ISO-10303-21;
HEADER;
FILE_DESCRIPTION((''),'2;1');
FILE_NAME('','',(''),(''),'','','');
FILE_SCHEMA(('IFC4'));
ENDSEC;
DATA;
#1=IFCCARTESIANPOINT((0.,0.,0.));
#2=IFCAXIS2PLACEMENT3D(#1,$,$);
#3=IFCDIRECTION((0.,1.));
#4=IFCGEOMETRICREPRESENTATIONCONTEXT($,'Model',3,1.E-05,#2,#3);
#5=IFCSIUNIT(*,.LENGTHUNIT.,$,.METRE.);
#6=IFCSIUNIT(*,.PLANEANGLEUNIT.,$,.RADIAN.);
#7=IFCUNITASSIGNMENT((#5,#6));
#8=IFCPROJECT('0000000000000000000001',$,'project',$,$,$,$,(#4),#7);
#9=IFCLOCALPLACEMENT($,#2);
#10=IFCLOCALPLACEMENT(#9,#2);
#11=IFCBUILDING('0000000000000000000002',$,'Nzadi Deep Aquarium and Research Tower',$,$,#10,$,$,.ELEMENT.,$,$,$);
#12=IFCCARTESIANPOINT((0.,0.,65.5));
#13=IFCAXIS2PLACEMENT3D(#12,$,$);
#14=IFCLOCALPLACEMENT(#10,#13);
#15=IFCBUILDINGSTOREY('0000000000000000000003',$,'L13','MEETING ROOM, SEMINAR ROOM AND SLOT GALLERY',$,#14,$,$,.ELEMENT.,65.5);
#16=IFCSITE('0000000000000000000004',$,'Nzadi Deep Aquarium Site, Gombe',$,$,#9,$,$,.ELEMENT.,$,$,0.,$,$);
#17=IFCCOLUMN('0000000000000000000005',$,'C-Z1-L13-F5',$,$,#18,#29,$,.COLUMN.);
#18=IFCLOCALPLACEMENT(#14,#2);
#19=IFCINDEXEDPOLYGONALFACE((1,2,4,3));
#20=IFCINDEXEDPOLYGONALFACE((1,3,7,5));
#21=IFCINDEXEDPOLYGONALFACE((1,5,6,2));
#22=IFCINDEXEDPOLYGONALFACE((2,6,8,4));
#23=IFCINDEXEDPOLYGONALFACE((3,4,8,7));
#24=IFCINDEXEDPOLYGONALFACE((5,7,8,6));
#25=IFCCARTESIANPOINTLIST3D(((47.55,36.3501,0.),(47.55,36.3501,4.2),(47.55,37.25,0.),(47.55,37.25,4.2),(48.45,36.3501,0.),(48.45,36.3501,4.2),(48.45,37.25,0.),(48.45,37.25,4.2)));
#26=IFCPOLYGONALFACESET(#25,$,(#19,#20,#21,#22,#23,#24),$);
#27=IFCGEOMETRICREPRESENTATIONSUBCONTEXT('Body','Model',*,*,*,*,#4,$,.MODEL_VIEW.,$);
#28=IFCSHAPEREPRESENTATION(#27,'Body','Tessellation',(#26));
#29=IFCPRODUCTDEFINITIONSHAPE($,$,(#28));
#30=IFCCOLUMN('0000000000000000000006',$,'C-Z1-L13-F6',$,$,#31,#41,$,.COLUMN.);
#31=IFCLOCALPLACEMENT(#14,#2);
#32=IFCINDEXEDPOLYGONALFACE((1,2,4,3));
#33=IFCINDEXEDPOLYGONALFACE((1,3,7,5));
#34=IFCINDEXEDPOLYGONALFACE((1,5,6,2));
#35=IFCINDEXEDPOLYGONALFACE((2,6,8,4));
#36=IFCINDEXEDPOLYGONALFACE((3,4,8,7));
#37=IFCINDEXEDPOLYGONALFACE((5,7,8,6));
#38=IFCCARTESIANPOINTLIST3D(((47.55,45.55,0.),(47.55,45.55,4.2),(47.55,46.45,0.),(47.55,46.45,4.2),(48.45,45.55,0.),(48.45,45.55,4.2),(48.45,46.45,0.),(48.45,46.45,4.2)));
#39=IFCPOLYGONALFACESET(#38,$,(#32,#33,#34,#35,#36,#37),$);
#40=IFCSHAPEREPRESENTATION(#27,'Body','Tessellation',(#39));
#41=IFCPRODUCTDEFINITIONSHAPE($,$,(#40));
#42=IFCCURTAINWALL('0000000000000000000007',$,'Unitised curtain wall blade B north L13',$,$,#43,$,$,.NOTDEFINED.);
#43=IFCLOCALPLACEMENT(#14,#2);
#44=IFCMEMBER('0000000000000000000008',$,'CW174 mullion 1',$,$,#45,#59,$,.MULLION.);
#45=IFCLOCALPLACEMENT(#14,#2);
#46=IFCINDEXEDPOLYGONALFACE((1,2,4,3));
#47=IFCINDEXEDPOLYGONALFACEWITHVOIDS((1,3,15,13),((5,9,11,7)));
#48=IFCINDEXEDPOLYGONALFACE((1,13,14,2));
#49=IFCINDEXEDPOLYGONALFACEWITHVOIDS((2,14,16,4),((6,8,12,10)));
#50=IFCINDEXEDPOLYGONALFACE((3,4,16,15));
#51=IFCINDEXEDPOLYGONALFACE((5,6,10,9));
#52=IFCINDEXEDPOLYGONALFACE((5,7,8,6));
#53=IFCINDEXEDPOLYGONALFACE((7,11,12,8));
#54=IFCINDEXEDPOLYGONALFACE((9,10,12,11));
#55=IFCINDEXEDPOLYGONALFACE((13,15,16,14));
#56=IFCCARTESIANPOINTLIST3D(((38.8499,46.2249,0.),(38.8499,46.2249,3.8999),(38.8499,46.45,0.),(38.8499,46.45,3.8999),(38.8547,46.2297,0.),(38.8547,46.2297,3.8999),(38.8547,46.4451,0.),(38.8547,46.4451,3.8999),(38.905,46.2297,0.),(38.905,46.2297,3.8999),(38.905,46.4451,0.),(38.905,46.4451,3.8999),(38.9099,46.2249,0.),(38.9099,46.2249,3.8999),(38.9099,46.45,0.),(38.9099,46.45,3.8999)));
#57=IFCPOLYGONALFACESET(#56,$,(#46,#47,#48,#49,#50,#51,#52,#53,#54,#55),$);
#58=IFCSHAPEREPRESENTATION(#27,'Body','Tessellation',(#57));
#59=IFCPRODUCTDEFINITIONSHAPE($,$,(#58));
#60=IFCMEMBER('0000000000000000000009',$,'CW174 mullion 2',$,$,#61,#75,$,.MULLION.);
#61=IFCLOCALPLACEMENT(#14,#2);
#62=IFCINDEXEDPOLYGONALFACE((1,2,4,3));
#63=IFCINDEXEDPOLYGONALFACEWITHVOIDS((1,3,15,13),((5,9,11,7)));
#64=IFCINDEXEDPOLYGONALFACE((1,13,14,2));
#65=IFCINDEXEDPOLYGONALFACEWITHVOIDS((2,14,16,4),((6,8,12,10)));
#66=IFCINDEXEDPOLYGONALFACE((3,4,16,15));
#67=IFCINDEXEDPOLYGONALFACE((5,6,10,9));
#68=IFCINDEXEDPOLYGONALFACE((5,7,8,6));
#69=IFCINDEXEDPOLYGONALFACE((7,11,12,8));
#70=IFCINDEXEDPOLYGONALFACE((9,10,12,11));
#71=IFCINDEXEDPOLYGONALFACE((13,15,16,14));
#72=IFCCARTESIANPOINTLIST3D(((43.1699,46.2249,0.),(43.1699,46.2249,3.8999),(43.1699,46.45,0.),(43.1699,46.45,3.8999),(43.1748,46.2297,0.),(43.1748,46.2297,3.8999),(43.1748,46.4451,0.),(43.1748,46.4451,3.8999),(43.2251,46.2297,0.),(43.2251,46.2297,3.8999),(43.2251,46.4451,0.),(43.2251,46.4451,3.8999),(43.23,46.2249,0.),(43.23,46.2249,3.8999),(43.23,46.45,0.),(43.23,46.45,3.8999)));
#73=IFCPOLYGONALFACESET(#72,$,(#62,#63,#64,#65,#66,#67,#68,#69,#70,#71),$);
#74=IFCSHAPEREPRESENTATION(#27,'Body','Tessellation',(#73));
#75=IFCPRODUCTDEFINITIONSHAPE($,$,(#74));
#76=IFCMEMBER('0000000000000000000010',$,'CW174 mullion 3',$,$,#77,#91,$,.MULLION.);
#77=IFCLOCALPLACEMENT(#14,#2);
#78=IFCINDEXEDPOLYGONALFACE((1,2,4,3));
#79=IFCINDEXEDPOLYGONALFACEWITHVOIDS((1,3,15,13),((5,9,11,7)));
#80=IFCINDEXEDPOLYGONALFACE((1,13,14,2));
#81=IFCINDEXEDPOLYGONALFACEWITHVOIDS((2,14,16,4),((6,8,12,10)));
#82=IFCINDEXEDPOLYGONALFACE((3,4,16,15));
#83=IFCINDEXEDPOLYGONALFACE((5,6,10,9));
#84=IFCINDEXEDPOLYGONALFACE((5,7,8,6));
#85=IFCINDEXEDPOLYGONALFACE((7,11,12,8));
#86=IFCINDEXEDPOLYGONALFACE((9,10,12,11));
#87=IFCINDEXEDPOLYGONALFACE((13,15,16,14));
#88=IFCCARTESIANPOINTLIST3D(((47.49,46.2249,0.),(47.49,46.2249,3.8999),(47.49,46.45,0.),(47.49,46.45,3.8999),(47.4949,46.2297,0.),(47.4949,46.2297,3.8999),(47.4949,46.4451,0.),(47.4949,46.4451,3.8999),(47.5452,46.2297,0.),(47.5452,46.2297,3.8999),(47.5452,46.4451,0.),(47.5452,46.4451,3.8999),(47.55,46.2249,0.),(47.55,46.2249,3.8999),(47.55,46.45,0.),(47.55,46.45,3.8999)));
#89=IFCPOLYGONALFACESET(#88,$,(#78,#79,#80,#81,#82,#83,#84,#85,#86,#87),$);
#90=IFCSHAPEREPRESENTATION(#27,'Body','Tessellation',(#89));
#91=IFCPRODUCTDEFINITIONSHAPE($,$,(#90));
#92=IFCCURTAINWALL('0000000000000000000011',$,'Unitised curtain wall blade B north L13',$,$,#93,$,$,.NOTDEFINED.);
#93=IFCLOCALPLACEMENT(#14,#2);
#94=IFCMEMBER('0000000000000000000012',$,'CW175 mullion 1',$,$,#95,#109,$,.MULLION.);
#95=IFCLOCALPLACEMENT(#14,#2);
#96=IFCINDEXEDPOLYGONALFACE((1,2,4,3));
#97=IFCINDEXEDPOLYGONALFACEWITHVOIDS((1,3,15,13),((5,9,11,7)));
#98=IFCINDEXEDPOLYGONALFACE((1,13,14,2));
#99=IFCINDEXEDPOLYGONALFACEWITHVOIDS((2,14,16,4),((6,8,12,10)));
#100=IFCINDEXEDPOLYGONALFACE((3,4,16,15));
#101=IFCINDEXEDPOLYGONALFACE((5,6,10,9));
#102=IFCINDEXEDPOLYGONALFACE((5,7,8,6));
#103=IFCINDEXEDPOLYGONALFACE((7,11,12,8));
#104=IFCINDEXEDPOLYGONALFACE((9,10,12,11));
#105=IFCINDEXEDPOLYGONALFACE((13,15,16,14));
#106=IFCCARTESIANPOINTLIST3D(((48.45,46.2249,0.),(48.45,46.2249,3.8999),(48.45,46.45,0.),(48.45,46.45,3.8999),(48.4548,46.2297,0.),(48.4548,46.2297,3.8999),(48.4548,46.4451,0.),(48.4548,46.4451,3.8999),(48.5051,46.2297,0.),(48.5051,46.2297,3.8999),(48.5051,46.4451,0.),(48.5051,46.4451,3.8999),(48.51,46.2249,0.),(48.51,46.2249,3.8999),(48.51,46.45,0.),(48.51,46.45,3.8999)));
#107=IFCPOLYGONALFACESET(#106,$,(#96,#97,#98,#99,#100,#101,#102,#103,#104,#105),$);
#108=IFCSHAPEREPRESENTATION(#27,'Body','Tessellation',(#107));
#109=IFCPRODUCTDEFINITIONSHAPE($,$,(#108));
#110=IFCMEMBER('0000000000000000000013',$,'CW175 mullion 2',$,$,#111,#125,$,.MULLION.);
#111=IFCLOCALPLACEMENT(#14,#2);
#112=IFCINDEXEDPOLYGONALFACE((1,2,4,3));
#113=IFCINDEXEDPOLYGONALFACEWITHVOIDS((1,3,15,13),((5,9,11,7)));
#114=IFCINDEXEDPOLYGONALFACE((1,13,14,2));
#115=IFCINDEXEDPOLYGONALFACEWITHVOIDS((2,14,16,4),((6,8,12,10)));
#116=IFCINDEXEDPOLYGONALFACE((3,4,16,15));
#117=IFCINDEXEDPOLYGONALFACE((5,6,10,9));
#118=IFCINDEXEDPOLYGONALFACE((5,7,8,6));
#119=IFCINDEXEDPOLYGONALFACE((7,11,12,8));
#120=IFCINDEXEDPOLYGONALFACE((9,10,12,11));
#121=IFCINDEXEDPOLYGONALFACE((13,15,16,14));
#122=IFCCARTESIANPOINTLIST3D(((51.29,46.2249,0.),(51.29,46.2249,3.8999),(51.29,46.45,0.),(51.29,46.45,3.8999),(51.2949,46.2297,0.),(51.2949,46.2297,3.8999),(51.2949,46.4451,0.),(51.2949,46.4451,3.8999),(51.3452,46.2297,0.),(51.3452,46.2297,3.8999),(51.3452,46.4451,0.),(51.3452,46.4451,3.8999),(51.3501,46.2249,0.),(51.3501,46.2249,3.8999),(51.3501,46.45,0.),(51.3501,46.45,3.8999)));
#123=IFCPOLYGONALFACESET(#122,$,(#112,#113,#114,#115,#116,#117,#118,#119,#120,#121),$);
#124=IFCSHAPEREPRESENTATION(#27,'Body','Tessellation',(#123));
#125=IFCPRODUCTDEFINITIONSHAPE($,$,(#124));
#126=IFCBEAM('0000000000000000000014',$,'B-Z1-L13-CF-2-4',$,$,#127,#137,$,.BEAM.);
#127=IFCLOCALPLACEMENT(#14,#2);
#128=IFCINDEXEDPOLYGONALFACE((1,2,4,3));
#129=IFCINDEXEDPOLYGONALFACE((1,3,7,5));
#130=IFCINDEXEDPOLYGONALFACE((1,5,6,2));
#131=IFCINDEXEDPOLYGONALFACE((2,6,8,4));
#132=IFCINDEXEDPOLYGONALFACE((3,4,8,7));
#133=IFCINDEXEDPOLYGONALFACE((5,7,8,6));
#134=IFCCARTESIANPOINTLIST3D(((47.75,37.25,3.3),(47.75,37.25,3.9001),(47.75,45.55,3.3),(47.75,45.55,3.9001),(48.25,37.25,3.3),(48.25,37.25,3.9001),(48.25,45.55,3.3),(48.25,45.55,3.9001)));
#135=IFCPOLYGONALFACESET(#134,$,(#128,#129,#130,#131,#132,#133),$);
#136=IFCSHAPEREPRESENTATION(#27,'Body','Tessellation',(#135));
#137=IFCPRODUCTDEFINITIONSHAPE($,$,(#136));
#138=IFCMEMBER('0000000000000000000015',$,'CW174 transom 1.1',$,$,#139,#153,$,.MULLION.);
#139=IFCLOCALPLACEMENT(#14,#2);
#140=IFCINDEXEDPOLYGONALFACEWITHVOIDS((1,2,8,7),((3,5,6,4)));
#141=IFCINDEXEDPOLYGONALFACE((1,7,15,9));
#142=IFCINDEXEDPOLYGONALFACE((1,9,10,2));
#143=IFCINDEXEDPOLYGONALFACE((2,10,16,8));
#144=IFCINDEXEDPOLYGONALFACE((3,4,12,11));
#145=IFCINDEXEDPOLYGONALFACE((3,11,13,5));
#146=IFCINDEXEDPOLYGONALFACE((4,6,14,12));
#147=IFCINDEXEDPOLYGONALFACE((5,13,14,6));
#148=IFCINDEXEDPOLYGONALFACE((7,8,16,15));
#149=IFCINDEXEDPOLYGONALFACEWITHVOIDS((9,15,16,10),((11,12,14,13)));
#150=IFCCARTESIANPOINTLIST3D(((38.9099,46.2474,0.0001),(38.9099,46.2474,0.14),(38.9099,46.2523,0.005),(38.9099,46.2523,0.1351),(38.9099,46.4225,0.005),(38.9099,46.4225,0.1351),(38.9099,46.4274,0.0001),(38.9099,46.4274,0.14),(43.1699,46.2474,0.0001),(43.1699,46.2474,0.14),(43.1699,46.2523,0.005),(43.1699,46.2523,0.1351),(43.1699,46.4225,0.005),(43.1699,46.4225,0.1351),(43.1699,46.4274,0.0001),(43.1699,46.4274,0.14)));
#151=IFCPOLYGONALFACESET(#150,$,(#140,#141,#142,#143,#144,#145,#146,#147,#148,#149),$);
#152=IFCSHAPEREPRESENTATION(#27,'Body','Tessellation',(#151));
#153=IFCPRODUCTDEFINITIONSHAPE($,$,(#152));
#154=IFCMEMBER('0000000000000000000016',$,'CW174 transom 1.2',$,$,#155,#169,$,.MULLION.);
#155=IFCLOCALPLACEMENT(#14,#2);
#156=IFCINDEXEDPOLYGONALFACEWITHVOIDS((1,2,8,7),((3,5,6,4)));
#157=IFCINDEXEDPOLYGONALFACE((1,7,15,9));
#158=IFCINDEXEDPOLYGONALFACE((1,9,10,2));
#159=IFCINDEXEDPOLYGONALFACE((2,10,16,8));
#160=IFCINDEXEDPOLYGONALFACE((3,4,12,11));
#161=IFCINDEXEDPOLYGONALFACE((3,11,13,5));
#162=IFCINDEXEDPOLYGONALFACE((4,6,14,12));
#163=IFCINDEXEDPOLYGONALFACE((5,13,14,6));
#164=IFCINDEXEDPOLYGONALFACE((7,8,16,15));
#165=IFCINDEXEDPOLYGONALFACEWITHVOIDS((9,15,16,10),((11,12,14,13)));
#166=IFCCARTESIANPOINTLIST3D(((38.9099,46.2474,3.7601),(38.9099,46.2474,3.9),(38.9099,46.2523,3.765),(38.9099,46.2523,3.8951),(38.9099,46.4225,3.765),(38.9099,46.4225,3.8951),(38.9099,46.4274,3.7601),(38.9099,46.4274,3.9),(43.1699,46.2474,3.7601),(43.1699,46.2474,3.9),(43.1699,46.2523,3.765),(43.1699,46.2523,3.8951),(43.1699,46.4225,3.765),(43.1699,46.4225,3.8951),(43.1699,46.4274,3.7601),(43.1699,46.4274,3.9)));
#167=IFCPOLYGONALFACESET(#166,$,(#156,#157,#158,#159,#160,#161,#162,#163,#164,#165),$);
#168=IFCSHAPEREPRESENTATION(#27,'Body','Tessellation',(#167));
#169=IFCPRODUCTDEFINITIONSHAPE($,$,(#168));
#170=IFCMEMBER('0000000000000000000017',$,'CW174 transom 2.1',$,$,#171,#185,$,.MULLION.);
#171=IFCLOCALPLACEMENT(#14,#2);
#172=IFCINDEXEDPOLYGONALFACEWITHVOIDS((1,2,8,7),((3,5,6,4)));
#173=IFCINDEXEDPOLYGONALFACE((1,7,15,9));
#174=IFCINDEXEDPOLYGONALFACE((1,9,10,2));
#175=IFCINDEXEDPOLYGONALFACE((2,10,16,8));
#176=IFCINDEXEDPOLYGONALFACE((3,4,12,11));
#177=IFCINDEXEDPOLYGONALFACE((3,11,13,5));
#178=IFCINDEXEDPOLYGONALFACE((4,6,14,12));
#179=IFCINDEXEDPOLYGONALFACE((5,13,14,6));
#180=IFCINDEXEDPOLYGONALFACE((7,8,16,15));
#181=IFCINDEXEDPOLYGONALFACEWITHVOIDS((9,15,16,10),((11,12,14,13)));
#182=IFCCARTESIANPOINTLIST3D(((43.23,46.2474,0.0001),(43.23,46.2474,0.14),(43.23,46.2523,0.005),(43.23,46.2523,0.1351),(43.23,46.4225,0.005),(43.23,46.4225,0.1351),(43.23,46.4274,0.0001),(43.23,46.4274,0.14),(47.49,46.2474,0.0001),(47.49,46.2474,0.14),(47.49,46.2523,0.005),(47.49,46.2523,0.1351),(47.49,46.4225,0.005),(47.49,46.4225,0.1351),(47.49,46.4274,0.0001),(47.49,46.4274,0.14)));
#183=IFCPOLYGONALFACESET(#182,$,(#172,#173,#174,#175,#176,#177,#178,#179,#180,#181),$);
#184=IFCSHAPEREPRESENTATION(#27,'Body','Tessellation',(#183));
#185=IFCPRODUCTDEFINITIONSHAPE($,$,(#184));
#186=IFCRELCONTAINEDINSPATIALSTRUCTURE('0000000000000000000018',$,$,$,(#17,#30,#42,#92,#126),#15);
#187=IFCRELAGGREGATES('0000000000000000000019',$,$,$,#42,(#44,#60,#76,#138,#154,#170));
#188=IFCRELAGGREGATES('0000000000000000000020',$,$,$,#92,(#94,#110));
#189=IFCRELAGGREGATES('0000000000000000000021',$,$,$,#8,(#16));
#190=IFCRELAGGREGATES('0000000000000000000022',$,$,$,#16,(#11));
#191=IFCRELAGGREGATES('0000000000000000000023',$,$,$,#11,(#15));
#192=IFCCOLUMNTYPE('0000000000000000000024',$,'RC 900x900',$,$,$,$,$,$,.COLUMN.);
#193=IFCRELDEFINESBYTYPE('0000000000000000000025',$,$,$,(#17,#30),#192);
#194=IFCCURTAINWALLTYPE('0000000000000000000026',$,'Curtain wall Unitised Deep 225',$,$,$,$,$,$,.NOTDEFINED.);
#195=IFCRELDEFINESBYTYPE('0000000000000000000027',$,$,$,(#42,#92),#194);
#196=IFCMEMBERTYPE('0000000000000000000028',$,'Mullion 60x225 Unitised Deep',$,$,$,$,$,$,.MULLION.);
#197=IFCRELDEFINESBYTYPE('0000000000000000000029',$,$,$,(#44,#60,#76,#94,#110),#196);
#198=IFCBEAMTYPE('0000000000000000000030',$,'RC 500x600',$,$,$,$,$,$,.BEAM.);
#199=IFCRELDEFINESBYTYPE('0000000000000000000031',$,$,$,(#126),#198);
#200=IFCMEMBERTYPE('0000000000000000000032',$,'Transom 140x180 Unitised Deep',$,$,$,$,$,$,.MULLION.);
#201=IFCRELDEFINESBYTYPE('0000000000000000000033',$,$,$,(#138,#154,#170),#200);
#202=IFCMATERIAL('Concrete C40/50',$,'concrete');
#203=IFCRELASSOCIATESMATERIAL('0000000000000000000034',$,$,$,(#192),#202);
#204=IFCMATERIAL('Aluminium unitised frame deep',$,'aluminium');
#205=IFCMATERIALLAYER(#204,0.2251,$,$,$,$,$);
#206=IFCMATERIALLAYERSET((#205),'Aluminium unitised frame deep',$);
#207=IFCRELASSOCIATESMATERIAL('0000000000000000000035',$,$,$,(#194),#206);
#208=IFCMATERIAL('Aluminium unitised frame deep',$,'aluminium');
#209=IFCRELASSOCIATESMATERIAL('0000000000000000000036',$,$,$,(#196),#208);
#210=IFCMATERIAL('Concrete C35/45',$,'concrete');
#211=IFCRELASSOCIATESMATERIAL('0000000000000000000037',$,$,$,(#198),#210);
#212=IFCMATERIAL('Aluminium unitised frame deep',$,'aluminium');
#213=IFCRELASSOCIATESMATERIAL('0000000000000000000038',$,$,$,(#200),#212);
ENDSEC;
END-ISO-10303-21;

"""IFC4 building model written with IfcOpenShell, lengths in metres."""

from ifc_helpers import new_model, si_unit, direction, frame, origin, origin_2d, place, context, subcontext, project, spatial, rectangle, hollow_rectangle, extrude, material, layer, layer_set, material_profile, profile_set, type_object, element, aggregate, save


model = new_model("IFC4")

# Units and contexts
model_context = context("Model", 3, precision=1e-05, world=origin(), true_north=direction((0.0, 1.0)))
body_context = subcontext(model_context, "Body", "Model", "MODEL_VIEW")
ifc_project = project(units=[si_unit("LENGTHUNIT", "METRE"), si_unit("PLANEANGLEUNIT", "RADIAN")], contexts=[model_context])

# Site, building, storey
site_placement = place(None, origin())
site = spatial("IfcSite", under=ifc_project, at=site_placement, Name="Nzadi Deep Aquarium Site, Gombe", CompositionType="ELEMENT", RefElevation=0.0)
building_placement = place(site_placement, origin())
building = spatial("IfcBuilding", under=site, at=building_placement, Name="Nzadi Deep Aquarium and Research Tower", CompositionType="ELEMENT")
storey_placement = place(building_placement, frame((0.0, 0.0, 65.5)))
storey = spatial("IfcBuildingStorey", under=building, at=storey_placement, Name="L13", Description="MEETING ROOM, SEMINAR ROOM AND SLOT GALLERY", CompositionType="ELEMENT", Elevation=65.5)

# Columns
ifc_material_1 = material(Name="Concrete C40/50", Category="concrete")
ifc_material_profile_1 = material_profile(ifc_material_1, rectangle(XDim=0.8999, YDim=0.8999, at=origin_2d()))
ifc_profile_set_1 = profile_set([ifc_material_profile_1], Name="Concrete C40/50")
column_type = type_object("IfcColumnType", Name="RC 900x900", PredefinedType="COLUMN", material=ifc_profile_set_1)
for number, where, z_axis, x_axis, name in (
    (1, (48.0, 36.8, 0.0), (0.0, 0.0, 1.0), (1.0, 0.0, 0.0), "C-Z1-L13-F5"),
    (2, (48.0, 46.0, 0.0), (0.0, 0.0, 1.0), (1.0, 0.0, 0.0), "C-Z1-L13-F6"),
):
    element("IfcColumn", number, at=place(storey_placement, frame(where, z_axis=z_axis, x_axis=x_axis)), inside=storey, type_object=column_type, Name=name, PredefinedType="COLUMN", context=body_context, shape_type="SweptSolid", body=[
        extrude(rectangle(XDim=0.8999, YDim=0.8999, at=origin_2d()), origin(), (0.0, 0.0, 1.0), 4.2),
    ])

# Curtain walls, members
ifc_material_2 = material(Name="Aluminium unitised frame deep", Category="aluminium")
ifc_layer_1 = layer(ifc_material_2, 0.2251)
ifc_layer_set_1 = layer_set([ifc_layer_1], Name="Aluminium unitised frame deep")
curtain_wall_type = type_object("IfcCurtainWallType", Name="Curtain wall Unitised Deep 225", PredefinedType="NOTDEFINED", material=ifc_layer_set_1)
curtain_wall_1_placement = place(storey_placement, origin())
curtain_wall_1 = element("IfcCurtainWall", 3, at=curtain_wall_1_placement, inside=storey, type_object=curtain_wall_type, Name="Unitised curtain wall blade B north L13", PredefinedType="NOTDEFINED")
ifc_material_3 = material(Name="Aluminium unitised frame deep", Category="aluminium")
ifc_material_profile_2 = material_profile(ifc_material_3, hollow_rectangle(XDim=0.2251, YDim=0.0601, WallThickness=0.0049, at=origin_2d()))
ifc_profile_set_2 = profile_set([ifc_material_profile_2], Name="Aluminium unitised frame deep")
member_type_1 = type_object("IfcMemberType", Name="Mullion 60x225 Unitised Deep", PredefinedType="MULLION", material=ifc_profile_set_2)
member_1_placement = place(storey_placement, frame((38.8799, 46.3374, 0.0), z_axis=(0.0, 0.0, 1.0), x_axis=(0.0, 1.0, 0.0)))
member_1 = element("IfcMember", 4, at=member_1_placement, type_object=member_type_1, Name="CW174 mullion 1", PredefinedType="MULLION", context=body_context, shape_type="SweptSolid", body=[
    extrude(hollow_rectangle(XDim=0.2251, YDim=0.0601, WallThickness=0.0049, at=origin_2d()), origin(), (0.0, 0.0, 1.0), 3.8999),
])
member_2_placement = place(storey_placement, frame((43.2, 46.3374, 0.0), z_axis=(0.0, 0.0, 1.0), x_axis=(0.0, 1.0, 0.0)))
member_2 = element("IfcMember", 5, at=member_2_placement, type_object=member_type_1, Name="CW174 mullion 2", PredefinedType="MULLION", context=body_context, shape_type="SweptSolid", body=[
    extrude(hollow_rectangle(XDim=0.2251, YDim=0.0601, WallThickness=0.0049, at=origin_2d()), origin(), (0.0, 0.0, 1.0), 3.8999),
])
member_3_placement = place(storey_placement, frame((47.52, 46.3374, 0.0), z_axis=(0.0, 0.0, 1.0), x_axis=(0.0, 1.0, 0.0)))
member_3 = element("IfcMember", 6, at=member_3_placement, type_object=member_type_1, Name="CW174 mullion 3", PredefinedType="MULLION", context=body_context, shape_type="SweptSolid", body=[
    extrude(hollow_rectangle(XDim=0.2251, YDim=0.0601, WallThickness=0.0049, at=origin_2d()), origin(), (0.0, 0.0, 1.0), 3.8999),
])
curtain_wall_2_placement = place(storey_placement, origin())
curtain_wall_2 = element("IfcCurtainWall", 7, at=curtain_wall_2_placement, inside=storey, type_object=curtain_wall_type, Name="Unitised curtain wall blade B north L13", PredefinedType="NOTDEFINED")
member_4_placement = place(storey_placement, frame((48.48, 46.3374, 0.0), z_axis=(0.0, 0.0, 1.0), x_axis=(0.0, 1.0, 0.0)))
member_4 = element("IfcMember", 8, at=member_4_placement, type_object=member_type_1, Name="CW175 mullion 1", PredefinedType="MULLION", context=body_context, shape_type="SweptSolid", body=[
    extrude(hollow_rectangle(XDim=0.2251, YDim=0.0601, WallThickness=0.0049, at=origin_2d()), origin(), (0.0, 0.0, 1.0), 3.8999),
])
member_5_placement = place(storey_placement, frame((51.3201, 46.3374, 0.0), z_axis=(0.0, 0.0, 1.0), x_axis=(0.0, 1.0, 0.0)))
member_5 = element("IfcMember", 9, at=member_5_placement, type_object=member_type_1, Name="CW175 mullion 2", PredefinedType="MULLION", context=body_context, shape_type="SweptSolid", body=[
    extrude(hollow_rectangle(XDim=0.2251, YDim=0.0601, WallThickness=0.0049, at=origin_2d()), origin(), (0.0, 0.0, 1.0), 3.8999),
])

# Beam
ifc_material_4 = material(Name="Concrete C35/45", Category="concrete")
ifc_material_profile_3 = material_profile(ifc_material_4, rectangle(XDim=0.5, YDim=0.6001, at=origin_2d()))
ifc_profile_set_3 = profile_set([ifc_material_profile_3], Name="Concrete C35/45")
beam_type = type_object("IfcBeamType", Name="RC 500x600", PredefinedType="BEAM", material=ifc_profile_set_3)
beam_placement = place(storey_placement, frame((48.0, 37.25, 3.6001), z_axis=(0.0, 1.0, 0.0), x_axis=(-1.0, 0.0, 0.0)))
element("IfcBeam", 10, at=beam_placement, inside=storey, type_object=beam_type, Name="B-Z1-L13-CF-2-4", PredefinedType="BEAM", context=body_context, shape_type="SweptSolid", body=[
    extrude(rectangle(XDim=0.5, YDim=0.6001, at=origin_2d()), origin(), (0.0, 0.0, 1.0), 8.3),
])

# Members
ifc_material_5 = material(Name="Aluminium unitised frame deep", Category="aluminium")
ifc_material_profile_4 = material_profile(ifc_material_5, hollow_rectangle(XDim=0.1799, YDim=0.1399, WallThickness=0.0049, at=origin_2d()))
ifc_profile_set_4 = profile_set([ifc_material_profile_4], Name="Aluminium unitised frame deep")
member_type_2 = type_object("IfcMemberType", Name="Transom 140x180 Unitised Deep", PredefinedType="MULLION", material=ifc_profile_set_4)
member_6_placement = place(storey_placement, frame((38.9099, 46.3374, 0.0701), z_axis=(1.0, 0.0, 0.0), x_axis=(0.0, 1.0, 0.0)))
member_6 = element("IfcMember", 11, at=member_6_placement, type_object=member_type_2, Name="CW174 transom 1.1", PredefinedType="MULLION", context=body_context, shape_type="SweptSolid", body=[
    extrude(hollow_rectangle(XDim=0.1799, YDim=0.1399, WallThickness=0.0049, at=origin_2d()), origin(), (0.0, 0.0, 1.0), 4.26),
])
member_7_placement = place(storey_placement, frame((38.9099, 46.3374, 3.8301), z_axis=(1.0, 0.0, 0.0), x_axis=(0.0, 1.0, 0.0)))
member_7 = element("IfcMember", 12, at=member_7_placement, type_object=member_type_2, Name="CW174 transom 1.2", PredefinedType="MULLION", context=body_context, shape_type="SweptSolid", body=[
    extrude(hollow_rectangle(XDim=0.1799, YDim=0.1399, WallThickness=0.0049, at=origin_2d()), origin(), (0.0, 0.0, 1.0), 4.26),
])
member_8_placement = place(storey_placement, frame((43.23, 46.3374, 0.0701), z_axis=(1.0, 0.0, 0.0), x_axis=(0.0, 1.0, 0.0)))
member_8 = element("IfcMember", 13, at=member_8_placement, type_object=member_type_2, Name="CW174 transom 2.1", PredefinedType="MULLION", context=body_context, shape_type="SweptSolid", body=[
    extrude(hollow_rectangle(XDim=0.1799, YDim=0.1399, WallThickness=0.0049, at=origin_2d()), origin(), (0.0, 0.0, 1.0), 4.26),
])

aggregate(curtain_wall_1, [member_1, member_2, member_3, member_6, member_7, member_8])
aggregate(curtain_wall_2, [member_4, member_5])

save(model, "model.ifc")
